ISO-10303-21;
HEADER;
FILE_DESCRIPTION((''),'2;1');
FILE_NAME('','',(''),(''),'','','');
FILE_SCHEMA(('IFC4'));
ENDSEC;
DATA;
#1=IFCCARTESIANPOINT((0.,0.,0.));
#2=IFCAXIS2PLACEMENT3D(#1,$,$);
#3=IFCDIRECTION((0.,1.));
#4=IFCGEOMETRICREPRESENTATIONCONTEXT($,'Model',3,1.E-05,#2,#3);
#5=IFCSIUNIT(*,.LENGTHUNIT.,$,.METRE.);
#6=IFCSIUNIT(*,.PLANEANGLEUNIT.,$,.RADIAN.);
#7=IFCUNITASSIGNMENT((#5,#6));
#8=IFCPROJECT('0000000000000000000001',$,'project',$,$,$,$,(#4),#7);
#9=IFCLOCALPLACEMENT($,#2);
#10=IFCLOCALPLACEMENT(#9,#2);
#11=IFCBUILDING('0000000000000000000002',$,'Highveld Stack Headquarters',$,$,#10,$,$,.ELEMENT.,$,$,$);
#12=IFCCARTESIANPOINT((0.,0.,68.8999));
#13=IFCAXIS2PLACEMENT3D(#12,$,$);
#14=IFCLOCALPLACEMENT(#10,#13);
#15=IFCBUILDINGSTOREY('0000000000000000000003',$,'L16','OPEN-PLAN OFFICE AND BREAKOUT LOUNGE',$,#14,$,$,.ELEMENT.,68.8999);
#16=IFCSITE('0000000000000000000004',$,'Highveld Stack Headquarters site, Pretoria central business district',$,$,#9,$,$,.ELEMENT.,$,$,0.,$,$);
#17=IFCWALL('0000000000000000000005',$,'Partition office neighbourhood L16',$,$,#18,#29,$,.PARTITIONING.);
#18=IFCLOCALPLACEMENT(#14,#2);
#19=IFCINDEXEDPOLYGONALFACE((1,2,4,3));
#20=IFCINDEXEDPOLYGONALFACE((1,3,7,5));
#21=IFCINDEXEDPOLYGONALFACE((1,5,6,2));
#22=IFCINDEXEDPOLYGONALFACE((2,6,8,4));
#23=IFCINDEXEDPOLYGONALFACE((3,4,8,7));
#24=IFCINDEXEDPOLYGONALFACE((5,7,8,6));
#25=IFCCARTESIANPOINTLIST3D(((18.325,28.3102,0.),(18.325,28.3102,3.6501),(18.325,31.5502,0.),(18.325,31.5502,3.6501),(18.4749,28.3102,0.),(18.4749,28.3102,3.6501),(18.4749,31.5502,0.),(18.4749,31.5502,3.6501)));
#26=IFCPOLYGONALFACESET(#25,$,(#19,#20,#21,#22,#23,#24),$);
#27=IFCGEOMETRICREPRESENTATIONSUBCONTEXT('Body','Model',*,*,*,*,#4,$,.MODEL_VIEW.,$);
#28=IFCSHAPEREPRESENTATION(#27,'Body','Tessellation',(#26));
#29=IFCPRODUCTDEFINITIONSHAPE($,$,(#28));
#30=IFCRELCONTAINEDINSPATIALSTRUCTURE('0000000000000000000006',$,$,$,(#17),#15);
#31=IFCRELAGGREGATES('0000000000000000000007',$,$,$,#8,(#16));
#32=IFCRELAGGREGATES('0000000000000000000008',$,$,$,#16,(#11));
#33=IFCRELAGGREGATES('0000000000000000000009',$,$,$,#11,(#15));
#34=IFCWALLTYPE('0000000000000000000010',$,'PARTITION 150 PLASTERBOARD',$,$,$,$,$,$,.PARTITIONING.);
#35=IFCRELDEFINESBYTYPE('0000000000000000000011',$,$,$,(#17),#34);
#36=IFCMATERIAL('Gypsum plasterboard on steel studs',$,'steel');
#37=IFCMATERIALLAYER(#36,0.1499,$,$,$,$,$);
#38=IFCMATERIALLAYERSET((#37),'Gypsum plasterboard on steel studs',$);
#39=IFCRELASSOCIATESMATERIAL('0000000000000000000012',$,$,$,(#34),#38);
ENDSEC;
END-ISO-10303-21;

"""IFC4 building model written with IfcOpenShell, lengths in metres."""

from ifc_helpers import new_model, si_unit, direction, frame, frame_2d, origin, place, context, subcontext, project, spatial, rectangle, extrude, material, layer, layer_set, type_object, element, save


model = new_model("IFC4")

# Units and contexts
model_context = context("Model", 3, precision=1e-05, world=origin(), true_north=direction((0.0, 1.0)))
body_context = subcontext(model_context, "Body", "Model", "MODEL_VIEW")
ifc_project = project(units=[si_unit("LENGTHUNIT", "METRE"), si_unit("PLANEANGLEUNIT", "RADIAN")], contexts=[model_context])

# Site, building, storey
site_placement = place(None, origin())
site = spatial("IfcSite", under=ifc_project, at=site_placement, Name="Highveld Stack Headquarters site, Pretoria central business district", CompositionType="ELEMENT", RefElevation=0.0)
building_placement = place(site_placement, origin())
building = spatial("IfcBuilding", under=site, at=building_placement, Name="Highveld Stack Headquarters", CompositionType="ELEMENT")
storey_placement = place(building_placement, frame((0.0, 0.0, 68.8999)))
storey = spatial("IfcBuildingStorey", under=building, at=storey_placement, Name="L16", Description="OPEN-PLAN OFFICE AND BREAKOUT LOUNGE", CompositionType="ELEMENT", Elevation=68.8999)

# Wall
ifc_material_1 = material(Name="Gypsum plasterboard on steel studs", Category="steel")
ifc_layer_1 = layer(ifc_material_1, 0.1499)
ifc_layer_set_1 = layer_set([ifc_layer_1], Name="Gypsum plasterboard on steel studs")
wall_type = type_object("IfcWallType", Name="PARTITION 150 PLASTERBOARD", PredefinedType="PARTITIONING", material=ifc_layer_set_1)
wall_1_placement = place(storey_placement, frame((18.3999, 28.3101, 0.0), z_axis=(0.0, 0.0, 1.0), x_axis=(0.0, 1.0, 0.0)))
element("IfcWall", 1, at=wall_1_placement, inside=storey, type_object=wall_type, Name="Partition office neighbourhood L16", PredefinedType="PARTITIONING", context=body_context, shape_type="SweptSolid", body=[
    extrude(rectangle(XDim=3.24, YDim=0.1499, at=frame_2d((1.6201, 0.0))), origin(), (0.0, 0.0, 1.0), 3.6501),
])

save(model, "model.ifc")
